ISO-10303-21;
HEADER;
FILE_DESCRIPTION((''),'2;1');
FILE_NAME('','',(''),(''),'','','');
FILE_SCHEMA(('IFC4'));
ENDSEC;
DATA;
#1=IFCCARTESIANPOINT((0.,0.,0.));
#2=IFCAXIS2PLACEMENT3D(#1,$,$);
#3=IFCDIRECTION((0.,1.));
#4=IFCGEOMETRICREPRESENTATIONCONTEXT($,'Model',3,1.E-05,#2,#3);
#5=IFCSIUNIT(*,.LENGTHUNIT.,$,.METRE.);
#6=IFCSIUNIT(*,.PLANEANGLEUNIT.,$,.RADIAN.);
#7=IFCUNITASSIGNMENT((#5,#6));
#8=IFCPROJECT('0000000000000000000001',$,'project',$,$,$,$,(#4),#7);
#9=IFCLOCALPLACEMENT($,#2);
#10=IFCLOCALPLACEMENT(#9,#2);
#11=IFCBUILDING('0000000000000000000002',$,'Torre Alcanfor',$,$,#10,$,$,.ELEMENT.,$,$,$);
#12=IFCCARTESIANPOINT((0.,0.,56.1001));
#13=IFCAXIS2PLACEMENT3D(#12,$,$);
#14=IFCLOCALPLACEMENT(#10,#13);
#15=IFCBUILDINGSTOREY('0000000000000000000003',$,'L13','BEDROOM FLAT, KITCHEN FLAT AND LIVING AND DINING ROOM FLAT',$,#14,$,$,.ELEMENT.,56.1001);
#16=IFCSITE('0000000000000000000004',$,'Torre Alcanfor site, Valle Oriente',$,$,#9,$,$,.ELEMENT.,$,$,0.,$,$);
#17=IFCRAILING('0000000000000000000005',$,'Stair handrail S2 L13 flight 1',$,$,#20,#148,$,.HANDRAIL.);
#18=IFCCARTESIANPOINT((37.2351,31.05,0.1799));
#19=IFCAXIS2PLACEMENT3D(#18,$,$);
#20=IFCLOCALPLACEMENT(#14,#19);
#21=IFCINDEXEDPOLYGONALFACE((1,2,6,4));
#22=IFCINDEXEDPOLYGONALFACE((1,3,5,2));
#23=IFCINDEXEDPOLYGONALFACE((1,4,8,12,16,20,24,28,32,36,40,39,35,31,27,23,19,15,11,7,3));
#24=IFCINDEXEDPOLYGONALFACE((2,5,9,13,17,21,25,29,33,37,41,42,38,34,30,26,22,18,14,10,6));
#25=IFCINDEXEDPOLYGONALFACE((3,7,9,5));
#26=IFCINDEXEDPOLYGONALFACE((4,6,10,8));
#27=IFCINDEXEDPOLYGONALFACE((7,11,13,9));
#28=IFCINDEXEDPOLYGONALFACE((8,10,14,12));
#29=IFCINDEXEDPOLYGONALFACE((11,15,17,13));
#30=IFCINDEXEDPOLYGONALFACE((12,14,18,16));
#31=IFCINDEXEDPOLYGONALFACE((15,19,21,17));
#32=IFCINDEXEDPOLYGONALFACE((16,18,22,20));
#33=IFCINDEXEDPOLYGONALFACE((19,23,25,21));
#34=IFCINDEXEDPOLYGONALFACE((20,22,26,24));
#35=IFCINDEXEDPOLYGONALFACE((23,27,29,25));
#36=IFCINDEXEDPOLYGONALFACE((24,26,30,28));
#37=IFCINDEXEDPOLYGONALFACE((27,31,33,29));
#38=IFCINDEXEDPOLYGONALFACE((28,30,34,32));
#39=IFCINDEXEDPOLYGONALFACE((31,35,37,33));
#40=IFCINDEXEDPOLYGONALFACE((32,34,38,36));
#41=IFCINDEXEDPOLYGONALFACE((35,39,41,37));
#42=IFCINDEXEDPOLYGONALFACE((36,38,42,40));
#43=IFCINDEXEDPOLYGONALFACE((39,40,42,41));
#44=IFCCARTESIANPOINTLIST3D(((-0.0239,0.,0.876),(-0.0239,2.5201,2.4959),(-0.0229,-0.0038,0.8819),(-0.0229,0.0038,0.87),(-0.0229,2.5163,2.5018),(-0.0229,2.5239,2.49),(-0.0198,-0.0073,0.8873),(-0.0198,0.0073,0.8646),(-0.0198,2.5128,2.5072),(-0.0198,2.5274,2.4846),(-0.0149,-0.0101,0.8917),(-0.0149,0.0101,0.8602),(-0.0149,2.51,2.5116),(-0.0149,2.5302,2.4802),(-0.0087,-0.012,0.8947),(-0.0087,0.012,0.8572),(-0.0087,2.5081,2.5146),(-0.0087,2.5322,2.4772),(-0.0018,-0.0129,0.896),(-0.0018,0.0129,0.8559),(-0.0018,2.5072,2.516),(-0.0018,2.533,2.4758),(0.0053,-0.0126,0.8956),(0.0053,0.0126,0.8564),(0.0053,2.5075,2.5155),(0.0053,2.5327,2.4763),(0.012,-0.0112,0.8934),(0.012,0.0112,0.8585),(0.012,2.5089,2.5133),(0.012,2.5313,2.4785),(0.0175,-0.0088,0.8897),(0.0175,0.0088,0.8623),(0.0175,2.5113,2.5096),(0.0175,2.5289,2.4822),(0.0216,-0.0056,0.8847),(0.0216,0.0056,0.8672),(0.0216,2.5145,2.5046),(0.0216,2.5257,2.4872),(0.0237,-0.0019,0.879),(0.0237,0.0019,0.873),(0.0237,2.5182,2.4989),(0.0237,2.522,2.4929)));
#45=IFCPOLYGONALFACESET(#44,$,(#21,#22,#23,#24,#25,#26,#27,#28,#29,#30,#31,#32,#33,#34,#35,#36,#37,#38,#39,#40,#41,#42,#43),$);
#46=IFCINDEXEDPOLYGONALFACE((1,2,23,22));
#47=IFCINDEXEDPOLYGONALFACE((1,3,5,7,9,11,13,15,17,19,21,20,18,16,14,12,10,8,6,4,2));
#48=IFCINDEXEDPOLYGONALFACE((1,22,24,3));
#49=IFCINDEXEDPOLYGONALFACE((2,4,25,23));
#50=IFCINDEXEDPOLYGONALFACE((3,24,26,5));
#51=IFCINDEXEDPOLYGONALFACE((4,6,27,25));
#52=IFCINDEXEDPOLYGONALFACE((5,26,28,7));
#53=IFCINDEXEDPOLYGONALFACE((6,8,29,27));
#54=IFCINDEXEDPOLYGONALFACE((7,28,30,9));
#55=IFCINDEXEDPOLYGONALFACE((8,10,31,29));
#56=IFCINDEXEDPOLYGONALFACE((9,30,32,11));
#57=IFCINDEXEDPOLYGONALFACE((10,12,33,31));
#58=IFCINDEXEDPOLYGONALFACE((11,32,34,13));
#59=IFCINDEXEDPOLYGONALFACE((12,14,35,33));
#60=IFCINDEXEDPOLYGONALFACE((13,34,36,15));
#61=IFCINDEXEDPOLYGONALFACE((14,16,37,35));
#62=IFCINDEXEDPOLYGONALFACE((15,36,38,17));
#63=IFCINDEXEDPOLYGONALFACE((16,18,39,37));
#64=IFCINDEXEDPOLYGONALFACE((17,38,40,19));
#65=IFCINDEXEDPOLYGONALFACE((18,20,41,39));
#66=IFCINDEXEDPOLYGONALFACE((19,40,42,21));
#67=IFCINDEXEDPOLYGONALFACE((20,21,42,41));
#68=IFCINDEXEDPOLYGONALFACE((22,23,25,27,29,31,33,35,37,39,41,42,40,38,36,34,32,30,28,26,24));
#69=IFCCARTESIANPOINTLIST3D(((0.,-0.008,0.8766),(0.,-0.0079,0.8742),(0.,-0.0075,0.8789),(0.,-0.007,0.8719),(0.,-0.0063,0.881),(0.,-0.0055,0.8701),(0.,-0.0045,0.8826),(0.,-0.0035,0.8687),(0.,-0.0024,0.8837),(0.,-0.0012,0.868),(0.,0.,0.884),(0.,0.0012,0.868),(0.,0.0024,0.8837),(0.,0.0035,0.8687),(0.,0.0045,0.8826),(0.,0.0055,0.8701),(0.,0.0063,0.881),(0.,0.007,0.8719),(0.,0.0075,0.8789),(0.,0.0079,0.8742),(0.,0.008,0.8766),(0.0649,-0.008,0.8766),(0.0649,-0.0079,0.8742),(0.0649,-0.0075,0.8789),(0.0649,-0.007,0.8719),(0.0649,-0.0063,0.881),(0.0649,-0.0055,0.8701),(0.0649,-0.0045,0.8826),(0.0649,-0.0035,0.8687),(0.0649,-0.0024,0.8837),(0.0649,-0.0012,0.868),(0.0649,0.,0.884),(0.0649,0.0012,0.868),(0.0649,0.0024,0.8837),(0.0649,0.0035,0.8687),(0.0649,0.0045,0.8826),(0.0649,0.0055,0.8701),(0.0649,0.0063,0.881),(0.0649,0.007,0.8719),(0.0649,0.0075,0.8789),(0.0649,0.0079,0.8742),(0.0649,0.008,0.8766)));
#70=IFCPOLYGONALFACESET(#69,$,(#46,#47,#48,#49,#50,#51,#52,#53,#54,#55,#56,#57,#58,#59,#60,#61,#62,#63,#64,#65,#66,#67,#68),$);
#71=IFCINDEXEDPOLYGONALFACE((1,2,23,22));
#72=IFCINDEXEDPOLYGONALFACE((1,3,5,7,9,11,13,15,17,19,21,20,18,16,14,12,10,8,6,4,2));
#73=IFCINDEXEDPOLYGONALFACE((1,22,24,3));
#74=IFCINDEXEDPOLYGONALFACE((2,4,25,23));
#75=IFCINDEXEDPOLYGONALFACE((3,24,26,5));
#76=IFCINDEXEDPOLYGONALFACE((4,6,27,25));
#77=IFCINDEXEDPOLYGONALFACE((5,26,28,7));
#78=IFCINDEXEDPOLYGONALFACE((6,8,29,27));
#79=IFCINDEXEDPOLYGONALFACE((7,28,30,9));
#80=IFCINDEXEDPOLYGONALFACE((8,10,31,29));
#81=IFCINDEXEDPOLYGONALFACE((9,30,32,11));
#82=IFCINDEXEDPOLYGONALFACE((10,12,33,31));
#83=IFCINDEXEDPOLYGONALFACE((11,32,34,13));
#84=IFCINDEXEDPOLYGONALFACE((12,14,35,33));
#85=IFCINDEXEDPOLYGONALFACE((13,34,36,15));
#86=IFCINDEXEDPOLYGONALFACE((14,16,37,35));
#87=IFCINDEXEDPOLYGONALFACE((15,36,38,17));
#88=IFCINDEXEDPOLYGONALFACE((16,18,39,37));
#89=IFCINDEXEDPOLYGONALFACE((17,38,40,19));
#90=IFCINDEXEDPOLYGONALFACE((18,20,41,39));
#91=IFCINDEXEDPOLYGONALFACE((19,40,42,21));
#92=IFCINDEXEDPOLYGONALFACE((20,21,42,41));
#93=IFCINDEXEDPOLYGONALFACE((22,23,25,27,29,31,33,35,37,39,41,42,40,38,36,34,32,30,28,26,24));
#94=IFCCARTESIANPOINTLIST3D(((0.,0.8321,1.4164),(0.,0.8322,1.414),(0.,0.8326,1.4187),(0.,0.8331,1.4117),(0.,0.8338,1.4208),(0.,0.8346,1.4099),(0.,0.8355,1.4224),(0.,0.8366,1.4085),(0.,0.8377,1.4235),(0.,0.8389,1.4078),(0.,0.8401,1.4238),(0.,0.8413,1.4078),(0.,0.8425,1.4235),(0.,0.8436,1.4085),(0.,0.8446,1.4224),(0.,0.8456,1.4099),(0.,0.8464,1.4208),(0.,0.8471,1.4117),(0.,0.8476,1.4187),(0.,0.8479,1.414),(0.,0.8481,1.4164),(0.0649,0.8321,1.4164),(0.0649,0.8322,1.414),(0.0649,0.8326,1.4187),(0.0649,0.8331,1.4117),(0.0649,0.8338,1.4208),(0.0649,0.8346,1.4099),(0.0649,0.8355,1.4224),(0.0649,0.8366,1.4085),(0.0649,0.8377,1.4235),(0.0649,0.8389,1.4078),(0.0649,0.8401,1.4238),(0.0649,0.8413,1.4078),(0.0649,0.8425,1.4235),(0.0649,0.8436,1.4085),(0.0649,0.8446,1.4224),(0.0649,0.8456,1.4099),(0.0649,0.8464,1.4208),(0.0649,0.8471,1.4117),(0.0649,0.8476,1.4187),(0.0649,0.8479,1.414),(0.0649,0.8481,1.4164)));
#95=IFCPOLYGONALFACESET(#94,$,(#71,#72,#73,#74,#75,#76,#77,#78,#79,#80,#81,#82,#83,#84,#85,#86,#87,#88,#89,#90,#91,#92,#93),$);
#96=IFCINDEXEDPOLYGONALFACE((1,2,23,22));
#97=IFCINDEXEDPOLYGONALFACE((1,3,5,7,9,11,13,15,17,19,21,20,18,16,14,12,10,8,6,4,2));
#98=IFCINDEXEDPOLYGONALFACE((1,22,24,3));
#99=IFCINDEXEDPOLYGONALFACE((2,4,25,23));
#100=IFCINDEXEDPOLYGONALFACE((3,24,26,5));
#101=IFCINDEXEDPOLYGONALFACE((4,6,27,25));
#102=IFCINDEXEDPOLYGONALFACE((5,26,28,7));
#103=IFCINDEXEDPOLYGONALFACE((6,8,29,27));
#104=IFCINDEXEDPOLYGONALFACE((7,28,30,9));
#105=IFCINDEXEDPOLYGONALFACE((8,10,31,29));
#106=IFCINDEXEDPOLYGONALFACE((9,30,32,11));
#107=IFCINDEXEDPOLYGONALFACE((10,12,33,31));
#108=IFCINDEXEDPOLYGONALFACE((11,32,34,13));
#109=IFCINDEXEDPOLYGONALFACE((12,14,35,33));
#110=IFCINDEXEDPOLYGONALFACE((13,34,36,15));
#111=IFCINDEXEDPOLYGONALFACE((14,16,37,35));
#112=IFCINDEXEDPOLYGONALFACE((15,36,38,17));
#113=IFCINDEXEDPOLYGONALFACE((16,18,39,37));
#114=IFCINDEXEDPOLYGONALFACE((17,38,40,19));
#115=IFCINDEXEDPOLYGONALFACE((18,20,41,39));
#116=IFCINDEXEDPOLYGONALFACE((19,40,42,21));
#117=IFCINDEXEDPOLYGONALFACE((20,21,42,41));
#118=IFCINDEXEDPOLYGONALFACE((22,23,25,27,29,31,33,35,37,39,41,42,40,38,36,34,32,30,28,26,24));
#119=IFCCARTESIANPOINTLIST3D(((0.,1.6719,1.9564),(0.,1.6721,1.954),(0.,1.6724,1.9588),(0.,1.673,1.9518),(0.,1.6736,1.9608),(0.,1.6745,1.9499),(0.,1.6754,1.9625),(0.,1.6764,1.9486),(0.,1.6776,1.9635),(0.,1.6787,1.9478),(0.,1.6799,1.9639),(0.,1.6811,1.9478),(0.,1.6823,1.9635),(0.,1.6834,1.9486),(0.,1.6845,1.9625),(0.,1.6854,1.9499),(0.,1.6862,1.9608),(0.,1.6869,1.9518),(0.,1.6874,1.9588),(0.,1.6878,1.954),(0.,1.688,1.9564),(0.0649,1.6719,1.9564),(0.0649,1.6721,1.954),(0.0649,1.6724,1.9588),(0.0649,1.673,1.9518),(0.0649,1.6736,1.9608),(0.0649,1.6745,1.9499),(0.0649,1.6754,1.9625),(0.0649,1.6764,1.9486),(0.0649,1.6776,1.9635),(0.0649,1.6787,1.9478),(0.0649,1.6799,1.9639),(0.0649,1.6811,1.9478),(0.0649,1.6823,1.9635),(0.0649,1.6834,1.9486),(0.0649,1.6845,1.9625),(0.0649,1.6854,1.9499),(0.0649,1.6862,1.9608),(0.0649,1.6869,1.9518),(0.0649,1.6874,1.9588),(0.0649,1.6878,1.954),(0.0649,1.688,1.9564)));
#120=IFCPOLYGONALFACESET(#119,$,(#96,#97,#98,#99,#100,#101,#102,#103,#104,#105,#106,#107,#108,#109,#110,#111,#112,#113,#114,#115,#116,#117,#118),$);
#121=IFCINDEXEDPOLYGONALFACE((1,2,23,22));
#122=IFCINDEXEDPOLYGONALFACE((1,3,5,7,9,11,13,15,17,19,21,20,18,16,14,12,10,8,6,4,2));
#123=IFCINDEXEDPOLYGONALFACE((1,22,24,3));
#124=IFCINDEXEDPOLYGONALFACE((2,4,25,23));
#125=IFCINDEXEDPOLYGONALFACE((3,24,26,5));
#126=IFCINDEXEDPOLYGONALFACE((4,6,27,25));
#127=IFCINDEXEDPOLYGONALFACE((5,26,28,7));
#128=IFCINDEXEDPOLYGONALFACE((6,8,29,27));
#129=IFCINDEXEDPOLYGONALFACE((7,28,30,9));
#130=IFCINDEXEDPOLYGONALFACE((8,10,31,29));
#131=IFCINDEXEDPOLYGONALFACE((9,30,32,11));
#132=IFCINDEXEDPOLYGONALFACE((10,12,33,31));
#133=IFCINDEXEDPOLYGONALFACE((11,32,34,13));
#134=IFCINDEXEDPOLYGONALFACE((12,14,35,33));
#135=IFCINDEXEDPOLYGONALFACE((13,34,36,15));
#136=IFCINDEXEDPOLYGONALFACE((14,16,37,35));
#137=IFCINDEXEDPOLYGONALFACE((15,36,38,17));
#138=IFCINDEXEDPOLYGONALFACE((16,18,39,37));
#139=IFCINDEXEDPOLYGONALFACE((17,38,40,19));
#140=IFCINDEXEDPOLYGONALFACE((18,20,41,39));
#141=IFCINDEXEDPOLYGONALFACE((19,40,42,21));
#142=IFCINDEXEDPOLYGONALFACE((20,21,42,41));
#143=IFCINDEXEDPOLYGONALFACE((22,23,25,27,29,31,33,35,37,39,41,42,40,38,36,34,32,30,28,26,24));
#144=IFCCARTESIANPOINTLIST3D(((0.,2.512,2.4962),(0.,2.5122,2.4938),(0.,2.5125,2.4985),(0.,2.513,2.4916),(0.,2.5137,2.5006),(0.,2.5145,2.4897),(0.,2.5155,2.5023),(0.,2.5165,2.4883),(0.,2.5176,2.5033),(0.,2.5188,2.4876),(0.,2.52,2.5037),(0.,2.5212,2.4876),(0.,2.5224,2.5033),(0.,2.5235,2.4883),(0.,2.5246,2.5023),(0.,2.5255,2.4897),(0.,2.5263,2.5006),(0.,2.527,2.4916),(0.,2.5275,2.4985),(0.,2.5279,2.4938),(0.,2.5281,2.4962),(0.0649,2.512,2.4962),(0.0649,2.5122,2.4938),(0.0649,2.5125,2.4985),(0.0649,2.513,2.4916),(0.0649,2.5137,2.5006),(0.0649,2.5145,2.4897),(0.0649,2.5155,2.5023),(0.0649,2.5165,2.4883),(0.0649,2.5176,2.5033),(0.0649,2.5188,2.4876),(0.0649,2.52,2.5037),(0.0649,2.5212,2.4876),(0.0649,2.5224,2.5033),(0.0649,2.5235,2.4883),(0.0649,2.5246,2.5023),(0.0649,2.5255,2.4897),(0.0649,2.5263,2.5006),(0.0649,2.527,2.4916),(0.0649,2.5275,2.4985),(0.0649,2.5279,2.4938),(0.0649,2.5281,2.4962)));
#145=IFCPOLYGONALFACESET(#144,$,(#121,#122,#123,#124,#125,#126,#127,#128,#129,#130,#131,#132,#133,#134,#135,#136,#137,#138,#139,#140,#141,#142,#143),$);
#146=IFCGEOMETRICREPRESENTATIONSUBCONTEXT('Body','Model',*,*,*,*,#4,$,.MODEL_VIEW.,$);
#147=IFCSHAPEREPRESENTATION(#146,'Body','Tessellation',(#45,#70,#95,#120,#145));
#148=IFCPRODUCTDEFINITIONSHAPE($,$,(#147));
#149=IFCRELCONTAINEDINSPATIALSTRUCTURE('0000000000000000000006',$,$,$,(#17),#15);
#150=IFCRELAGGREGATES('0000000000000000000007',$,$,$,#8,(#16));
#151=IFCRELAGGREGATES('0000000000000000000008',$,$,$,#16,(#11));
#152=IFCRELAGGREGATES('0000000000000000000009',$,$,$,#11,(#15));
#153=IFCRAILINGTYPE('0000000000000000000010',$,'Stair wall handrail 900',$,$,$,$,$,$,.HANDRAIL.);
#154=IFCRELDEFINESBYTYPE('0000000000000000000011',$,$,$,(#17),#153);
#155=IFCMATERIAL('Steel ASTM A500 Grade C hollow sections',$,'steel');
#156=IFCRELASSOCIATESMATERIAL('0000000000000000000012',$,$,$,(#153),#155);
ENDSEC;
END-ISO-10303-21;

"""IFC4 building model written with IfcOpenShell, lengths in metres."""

from ifc_helpers import new_model, si_unit, direction, frame, origin, origin_2d, place, context, subcontext, project, spatial, circle, extrude, material, type_object, element, save


model = new_model("IFC4")

# Units and contexts
model_context = context("Model", 3, precision=1e-05, world=origin(), true_north=direction((0.0, 1.0)))
body_context = subcontext(model_context, "Body", "Model", "MODEL_VIEW")
ifc_project = project(units=[si_unit("LENGTHUNIT", "METRE"), si_unit("PLANEANGLEUNIT", "RADIAN")], contexts=[model_context])

# Site, building, storey
site_placement = place(None, origin())
site = spatial("IfcSite", under=ifc_project, at=site_placement, Name="Torre Alcanfor site, Valle Oriente", CompositionType="ELEMENT", RefElevation=0.0)
building_placement = place(site_placement, origin())
building = spatial("IfcBuilding", under=site, at=building_placement, Name="Torre Alcanfor", CompositionType="ELEMENT")
storey_placement = place(building_placement, frame((0.0, 0.0, 56.1001)))
storey = spatial("IfcBuildingStorey", under=building, at=storey_placement, Name="L13", Description="BEDROOM FLAT, KITCHEN FLAT AND LIVING AND DINING ROOM FLAT", CompositionType="ELEMENT", Elevation=56.1001)

# Railing
ifc_material_1 = material(Name="Steel ASTM A500 Grade C hollow sections", Category="steel")
railing_type_1 = type_object("IfcRailingType", Name="Stair wall handrail 900", PredefinedType="HANDRAIL", material=ifc_material_1)
railing_1_placement = place(storey_placement, frame((37.2351, 31.05, 0.1799)))
element("IfcRailing", 1, at=railing_1_placement, inside=storey, type_object=railing_type_1, Name="Stair handrail S2 L13 flight 1", PredefinedType="HANDRAIL", context=body_context, shape_type="SweptSolid", body=[
    extrude(circle(Radius=0.0239, at=origin_2d()), frame((0.0, 0.0, 0.876), z_axis=(0.0, 0.8412, 0.540725), x_axis=(-1.0, 0.0, 0.0)), (0.0, 0.0, 1.0), 2.9958),
    extrude(circle(Radius=0.0081, at=origin_2d()), frame((0.0, 0.0, 0.876), z_axis=(1.0, 0.0, 0.0), x_axis=(0.0, 0.0, 1.0)), (0.0, 0.0, 1.0), 0.0649),
    extrude(circle(Radius=0.0081, at=origin_2d()), frame((0.0, 0.8401, 1.4158), z_axis=(1.0, 0.0, 0.0), x_axis=(0.0, 0.0, 1.0)), (0.0, 0.0, 1.0), 0.0649),
    extrude(circle(Radius=0.0081, at=origin_2d()), frame((0.0, 1.6799, 1.9558), z_axis=(1.0, 0.0, 0.0), x_axis=(0.0, 0.0, 1.0)), (0.0, 0.0, 1.0), 0.0649),
    extrude(circle(Radius=0.0081, at=origin_2d()), frame((0.0, 2.52, 2.4956), z_axis=(1.0, 0.0, 0.0), x_axis=(0.0, 0.0, 1.0)), (0.0, 0.0, 1.0), 0.0649),
])

save(model, "model.ifc")
